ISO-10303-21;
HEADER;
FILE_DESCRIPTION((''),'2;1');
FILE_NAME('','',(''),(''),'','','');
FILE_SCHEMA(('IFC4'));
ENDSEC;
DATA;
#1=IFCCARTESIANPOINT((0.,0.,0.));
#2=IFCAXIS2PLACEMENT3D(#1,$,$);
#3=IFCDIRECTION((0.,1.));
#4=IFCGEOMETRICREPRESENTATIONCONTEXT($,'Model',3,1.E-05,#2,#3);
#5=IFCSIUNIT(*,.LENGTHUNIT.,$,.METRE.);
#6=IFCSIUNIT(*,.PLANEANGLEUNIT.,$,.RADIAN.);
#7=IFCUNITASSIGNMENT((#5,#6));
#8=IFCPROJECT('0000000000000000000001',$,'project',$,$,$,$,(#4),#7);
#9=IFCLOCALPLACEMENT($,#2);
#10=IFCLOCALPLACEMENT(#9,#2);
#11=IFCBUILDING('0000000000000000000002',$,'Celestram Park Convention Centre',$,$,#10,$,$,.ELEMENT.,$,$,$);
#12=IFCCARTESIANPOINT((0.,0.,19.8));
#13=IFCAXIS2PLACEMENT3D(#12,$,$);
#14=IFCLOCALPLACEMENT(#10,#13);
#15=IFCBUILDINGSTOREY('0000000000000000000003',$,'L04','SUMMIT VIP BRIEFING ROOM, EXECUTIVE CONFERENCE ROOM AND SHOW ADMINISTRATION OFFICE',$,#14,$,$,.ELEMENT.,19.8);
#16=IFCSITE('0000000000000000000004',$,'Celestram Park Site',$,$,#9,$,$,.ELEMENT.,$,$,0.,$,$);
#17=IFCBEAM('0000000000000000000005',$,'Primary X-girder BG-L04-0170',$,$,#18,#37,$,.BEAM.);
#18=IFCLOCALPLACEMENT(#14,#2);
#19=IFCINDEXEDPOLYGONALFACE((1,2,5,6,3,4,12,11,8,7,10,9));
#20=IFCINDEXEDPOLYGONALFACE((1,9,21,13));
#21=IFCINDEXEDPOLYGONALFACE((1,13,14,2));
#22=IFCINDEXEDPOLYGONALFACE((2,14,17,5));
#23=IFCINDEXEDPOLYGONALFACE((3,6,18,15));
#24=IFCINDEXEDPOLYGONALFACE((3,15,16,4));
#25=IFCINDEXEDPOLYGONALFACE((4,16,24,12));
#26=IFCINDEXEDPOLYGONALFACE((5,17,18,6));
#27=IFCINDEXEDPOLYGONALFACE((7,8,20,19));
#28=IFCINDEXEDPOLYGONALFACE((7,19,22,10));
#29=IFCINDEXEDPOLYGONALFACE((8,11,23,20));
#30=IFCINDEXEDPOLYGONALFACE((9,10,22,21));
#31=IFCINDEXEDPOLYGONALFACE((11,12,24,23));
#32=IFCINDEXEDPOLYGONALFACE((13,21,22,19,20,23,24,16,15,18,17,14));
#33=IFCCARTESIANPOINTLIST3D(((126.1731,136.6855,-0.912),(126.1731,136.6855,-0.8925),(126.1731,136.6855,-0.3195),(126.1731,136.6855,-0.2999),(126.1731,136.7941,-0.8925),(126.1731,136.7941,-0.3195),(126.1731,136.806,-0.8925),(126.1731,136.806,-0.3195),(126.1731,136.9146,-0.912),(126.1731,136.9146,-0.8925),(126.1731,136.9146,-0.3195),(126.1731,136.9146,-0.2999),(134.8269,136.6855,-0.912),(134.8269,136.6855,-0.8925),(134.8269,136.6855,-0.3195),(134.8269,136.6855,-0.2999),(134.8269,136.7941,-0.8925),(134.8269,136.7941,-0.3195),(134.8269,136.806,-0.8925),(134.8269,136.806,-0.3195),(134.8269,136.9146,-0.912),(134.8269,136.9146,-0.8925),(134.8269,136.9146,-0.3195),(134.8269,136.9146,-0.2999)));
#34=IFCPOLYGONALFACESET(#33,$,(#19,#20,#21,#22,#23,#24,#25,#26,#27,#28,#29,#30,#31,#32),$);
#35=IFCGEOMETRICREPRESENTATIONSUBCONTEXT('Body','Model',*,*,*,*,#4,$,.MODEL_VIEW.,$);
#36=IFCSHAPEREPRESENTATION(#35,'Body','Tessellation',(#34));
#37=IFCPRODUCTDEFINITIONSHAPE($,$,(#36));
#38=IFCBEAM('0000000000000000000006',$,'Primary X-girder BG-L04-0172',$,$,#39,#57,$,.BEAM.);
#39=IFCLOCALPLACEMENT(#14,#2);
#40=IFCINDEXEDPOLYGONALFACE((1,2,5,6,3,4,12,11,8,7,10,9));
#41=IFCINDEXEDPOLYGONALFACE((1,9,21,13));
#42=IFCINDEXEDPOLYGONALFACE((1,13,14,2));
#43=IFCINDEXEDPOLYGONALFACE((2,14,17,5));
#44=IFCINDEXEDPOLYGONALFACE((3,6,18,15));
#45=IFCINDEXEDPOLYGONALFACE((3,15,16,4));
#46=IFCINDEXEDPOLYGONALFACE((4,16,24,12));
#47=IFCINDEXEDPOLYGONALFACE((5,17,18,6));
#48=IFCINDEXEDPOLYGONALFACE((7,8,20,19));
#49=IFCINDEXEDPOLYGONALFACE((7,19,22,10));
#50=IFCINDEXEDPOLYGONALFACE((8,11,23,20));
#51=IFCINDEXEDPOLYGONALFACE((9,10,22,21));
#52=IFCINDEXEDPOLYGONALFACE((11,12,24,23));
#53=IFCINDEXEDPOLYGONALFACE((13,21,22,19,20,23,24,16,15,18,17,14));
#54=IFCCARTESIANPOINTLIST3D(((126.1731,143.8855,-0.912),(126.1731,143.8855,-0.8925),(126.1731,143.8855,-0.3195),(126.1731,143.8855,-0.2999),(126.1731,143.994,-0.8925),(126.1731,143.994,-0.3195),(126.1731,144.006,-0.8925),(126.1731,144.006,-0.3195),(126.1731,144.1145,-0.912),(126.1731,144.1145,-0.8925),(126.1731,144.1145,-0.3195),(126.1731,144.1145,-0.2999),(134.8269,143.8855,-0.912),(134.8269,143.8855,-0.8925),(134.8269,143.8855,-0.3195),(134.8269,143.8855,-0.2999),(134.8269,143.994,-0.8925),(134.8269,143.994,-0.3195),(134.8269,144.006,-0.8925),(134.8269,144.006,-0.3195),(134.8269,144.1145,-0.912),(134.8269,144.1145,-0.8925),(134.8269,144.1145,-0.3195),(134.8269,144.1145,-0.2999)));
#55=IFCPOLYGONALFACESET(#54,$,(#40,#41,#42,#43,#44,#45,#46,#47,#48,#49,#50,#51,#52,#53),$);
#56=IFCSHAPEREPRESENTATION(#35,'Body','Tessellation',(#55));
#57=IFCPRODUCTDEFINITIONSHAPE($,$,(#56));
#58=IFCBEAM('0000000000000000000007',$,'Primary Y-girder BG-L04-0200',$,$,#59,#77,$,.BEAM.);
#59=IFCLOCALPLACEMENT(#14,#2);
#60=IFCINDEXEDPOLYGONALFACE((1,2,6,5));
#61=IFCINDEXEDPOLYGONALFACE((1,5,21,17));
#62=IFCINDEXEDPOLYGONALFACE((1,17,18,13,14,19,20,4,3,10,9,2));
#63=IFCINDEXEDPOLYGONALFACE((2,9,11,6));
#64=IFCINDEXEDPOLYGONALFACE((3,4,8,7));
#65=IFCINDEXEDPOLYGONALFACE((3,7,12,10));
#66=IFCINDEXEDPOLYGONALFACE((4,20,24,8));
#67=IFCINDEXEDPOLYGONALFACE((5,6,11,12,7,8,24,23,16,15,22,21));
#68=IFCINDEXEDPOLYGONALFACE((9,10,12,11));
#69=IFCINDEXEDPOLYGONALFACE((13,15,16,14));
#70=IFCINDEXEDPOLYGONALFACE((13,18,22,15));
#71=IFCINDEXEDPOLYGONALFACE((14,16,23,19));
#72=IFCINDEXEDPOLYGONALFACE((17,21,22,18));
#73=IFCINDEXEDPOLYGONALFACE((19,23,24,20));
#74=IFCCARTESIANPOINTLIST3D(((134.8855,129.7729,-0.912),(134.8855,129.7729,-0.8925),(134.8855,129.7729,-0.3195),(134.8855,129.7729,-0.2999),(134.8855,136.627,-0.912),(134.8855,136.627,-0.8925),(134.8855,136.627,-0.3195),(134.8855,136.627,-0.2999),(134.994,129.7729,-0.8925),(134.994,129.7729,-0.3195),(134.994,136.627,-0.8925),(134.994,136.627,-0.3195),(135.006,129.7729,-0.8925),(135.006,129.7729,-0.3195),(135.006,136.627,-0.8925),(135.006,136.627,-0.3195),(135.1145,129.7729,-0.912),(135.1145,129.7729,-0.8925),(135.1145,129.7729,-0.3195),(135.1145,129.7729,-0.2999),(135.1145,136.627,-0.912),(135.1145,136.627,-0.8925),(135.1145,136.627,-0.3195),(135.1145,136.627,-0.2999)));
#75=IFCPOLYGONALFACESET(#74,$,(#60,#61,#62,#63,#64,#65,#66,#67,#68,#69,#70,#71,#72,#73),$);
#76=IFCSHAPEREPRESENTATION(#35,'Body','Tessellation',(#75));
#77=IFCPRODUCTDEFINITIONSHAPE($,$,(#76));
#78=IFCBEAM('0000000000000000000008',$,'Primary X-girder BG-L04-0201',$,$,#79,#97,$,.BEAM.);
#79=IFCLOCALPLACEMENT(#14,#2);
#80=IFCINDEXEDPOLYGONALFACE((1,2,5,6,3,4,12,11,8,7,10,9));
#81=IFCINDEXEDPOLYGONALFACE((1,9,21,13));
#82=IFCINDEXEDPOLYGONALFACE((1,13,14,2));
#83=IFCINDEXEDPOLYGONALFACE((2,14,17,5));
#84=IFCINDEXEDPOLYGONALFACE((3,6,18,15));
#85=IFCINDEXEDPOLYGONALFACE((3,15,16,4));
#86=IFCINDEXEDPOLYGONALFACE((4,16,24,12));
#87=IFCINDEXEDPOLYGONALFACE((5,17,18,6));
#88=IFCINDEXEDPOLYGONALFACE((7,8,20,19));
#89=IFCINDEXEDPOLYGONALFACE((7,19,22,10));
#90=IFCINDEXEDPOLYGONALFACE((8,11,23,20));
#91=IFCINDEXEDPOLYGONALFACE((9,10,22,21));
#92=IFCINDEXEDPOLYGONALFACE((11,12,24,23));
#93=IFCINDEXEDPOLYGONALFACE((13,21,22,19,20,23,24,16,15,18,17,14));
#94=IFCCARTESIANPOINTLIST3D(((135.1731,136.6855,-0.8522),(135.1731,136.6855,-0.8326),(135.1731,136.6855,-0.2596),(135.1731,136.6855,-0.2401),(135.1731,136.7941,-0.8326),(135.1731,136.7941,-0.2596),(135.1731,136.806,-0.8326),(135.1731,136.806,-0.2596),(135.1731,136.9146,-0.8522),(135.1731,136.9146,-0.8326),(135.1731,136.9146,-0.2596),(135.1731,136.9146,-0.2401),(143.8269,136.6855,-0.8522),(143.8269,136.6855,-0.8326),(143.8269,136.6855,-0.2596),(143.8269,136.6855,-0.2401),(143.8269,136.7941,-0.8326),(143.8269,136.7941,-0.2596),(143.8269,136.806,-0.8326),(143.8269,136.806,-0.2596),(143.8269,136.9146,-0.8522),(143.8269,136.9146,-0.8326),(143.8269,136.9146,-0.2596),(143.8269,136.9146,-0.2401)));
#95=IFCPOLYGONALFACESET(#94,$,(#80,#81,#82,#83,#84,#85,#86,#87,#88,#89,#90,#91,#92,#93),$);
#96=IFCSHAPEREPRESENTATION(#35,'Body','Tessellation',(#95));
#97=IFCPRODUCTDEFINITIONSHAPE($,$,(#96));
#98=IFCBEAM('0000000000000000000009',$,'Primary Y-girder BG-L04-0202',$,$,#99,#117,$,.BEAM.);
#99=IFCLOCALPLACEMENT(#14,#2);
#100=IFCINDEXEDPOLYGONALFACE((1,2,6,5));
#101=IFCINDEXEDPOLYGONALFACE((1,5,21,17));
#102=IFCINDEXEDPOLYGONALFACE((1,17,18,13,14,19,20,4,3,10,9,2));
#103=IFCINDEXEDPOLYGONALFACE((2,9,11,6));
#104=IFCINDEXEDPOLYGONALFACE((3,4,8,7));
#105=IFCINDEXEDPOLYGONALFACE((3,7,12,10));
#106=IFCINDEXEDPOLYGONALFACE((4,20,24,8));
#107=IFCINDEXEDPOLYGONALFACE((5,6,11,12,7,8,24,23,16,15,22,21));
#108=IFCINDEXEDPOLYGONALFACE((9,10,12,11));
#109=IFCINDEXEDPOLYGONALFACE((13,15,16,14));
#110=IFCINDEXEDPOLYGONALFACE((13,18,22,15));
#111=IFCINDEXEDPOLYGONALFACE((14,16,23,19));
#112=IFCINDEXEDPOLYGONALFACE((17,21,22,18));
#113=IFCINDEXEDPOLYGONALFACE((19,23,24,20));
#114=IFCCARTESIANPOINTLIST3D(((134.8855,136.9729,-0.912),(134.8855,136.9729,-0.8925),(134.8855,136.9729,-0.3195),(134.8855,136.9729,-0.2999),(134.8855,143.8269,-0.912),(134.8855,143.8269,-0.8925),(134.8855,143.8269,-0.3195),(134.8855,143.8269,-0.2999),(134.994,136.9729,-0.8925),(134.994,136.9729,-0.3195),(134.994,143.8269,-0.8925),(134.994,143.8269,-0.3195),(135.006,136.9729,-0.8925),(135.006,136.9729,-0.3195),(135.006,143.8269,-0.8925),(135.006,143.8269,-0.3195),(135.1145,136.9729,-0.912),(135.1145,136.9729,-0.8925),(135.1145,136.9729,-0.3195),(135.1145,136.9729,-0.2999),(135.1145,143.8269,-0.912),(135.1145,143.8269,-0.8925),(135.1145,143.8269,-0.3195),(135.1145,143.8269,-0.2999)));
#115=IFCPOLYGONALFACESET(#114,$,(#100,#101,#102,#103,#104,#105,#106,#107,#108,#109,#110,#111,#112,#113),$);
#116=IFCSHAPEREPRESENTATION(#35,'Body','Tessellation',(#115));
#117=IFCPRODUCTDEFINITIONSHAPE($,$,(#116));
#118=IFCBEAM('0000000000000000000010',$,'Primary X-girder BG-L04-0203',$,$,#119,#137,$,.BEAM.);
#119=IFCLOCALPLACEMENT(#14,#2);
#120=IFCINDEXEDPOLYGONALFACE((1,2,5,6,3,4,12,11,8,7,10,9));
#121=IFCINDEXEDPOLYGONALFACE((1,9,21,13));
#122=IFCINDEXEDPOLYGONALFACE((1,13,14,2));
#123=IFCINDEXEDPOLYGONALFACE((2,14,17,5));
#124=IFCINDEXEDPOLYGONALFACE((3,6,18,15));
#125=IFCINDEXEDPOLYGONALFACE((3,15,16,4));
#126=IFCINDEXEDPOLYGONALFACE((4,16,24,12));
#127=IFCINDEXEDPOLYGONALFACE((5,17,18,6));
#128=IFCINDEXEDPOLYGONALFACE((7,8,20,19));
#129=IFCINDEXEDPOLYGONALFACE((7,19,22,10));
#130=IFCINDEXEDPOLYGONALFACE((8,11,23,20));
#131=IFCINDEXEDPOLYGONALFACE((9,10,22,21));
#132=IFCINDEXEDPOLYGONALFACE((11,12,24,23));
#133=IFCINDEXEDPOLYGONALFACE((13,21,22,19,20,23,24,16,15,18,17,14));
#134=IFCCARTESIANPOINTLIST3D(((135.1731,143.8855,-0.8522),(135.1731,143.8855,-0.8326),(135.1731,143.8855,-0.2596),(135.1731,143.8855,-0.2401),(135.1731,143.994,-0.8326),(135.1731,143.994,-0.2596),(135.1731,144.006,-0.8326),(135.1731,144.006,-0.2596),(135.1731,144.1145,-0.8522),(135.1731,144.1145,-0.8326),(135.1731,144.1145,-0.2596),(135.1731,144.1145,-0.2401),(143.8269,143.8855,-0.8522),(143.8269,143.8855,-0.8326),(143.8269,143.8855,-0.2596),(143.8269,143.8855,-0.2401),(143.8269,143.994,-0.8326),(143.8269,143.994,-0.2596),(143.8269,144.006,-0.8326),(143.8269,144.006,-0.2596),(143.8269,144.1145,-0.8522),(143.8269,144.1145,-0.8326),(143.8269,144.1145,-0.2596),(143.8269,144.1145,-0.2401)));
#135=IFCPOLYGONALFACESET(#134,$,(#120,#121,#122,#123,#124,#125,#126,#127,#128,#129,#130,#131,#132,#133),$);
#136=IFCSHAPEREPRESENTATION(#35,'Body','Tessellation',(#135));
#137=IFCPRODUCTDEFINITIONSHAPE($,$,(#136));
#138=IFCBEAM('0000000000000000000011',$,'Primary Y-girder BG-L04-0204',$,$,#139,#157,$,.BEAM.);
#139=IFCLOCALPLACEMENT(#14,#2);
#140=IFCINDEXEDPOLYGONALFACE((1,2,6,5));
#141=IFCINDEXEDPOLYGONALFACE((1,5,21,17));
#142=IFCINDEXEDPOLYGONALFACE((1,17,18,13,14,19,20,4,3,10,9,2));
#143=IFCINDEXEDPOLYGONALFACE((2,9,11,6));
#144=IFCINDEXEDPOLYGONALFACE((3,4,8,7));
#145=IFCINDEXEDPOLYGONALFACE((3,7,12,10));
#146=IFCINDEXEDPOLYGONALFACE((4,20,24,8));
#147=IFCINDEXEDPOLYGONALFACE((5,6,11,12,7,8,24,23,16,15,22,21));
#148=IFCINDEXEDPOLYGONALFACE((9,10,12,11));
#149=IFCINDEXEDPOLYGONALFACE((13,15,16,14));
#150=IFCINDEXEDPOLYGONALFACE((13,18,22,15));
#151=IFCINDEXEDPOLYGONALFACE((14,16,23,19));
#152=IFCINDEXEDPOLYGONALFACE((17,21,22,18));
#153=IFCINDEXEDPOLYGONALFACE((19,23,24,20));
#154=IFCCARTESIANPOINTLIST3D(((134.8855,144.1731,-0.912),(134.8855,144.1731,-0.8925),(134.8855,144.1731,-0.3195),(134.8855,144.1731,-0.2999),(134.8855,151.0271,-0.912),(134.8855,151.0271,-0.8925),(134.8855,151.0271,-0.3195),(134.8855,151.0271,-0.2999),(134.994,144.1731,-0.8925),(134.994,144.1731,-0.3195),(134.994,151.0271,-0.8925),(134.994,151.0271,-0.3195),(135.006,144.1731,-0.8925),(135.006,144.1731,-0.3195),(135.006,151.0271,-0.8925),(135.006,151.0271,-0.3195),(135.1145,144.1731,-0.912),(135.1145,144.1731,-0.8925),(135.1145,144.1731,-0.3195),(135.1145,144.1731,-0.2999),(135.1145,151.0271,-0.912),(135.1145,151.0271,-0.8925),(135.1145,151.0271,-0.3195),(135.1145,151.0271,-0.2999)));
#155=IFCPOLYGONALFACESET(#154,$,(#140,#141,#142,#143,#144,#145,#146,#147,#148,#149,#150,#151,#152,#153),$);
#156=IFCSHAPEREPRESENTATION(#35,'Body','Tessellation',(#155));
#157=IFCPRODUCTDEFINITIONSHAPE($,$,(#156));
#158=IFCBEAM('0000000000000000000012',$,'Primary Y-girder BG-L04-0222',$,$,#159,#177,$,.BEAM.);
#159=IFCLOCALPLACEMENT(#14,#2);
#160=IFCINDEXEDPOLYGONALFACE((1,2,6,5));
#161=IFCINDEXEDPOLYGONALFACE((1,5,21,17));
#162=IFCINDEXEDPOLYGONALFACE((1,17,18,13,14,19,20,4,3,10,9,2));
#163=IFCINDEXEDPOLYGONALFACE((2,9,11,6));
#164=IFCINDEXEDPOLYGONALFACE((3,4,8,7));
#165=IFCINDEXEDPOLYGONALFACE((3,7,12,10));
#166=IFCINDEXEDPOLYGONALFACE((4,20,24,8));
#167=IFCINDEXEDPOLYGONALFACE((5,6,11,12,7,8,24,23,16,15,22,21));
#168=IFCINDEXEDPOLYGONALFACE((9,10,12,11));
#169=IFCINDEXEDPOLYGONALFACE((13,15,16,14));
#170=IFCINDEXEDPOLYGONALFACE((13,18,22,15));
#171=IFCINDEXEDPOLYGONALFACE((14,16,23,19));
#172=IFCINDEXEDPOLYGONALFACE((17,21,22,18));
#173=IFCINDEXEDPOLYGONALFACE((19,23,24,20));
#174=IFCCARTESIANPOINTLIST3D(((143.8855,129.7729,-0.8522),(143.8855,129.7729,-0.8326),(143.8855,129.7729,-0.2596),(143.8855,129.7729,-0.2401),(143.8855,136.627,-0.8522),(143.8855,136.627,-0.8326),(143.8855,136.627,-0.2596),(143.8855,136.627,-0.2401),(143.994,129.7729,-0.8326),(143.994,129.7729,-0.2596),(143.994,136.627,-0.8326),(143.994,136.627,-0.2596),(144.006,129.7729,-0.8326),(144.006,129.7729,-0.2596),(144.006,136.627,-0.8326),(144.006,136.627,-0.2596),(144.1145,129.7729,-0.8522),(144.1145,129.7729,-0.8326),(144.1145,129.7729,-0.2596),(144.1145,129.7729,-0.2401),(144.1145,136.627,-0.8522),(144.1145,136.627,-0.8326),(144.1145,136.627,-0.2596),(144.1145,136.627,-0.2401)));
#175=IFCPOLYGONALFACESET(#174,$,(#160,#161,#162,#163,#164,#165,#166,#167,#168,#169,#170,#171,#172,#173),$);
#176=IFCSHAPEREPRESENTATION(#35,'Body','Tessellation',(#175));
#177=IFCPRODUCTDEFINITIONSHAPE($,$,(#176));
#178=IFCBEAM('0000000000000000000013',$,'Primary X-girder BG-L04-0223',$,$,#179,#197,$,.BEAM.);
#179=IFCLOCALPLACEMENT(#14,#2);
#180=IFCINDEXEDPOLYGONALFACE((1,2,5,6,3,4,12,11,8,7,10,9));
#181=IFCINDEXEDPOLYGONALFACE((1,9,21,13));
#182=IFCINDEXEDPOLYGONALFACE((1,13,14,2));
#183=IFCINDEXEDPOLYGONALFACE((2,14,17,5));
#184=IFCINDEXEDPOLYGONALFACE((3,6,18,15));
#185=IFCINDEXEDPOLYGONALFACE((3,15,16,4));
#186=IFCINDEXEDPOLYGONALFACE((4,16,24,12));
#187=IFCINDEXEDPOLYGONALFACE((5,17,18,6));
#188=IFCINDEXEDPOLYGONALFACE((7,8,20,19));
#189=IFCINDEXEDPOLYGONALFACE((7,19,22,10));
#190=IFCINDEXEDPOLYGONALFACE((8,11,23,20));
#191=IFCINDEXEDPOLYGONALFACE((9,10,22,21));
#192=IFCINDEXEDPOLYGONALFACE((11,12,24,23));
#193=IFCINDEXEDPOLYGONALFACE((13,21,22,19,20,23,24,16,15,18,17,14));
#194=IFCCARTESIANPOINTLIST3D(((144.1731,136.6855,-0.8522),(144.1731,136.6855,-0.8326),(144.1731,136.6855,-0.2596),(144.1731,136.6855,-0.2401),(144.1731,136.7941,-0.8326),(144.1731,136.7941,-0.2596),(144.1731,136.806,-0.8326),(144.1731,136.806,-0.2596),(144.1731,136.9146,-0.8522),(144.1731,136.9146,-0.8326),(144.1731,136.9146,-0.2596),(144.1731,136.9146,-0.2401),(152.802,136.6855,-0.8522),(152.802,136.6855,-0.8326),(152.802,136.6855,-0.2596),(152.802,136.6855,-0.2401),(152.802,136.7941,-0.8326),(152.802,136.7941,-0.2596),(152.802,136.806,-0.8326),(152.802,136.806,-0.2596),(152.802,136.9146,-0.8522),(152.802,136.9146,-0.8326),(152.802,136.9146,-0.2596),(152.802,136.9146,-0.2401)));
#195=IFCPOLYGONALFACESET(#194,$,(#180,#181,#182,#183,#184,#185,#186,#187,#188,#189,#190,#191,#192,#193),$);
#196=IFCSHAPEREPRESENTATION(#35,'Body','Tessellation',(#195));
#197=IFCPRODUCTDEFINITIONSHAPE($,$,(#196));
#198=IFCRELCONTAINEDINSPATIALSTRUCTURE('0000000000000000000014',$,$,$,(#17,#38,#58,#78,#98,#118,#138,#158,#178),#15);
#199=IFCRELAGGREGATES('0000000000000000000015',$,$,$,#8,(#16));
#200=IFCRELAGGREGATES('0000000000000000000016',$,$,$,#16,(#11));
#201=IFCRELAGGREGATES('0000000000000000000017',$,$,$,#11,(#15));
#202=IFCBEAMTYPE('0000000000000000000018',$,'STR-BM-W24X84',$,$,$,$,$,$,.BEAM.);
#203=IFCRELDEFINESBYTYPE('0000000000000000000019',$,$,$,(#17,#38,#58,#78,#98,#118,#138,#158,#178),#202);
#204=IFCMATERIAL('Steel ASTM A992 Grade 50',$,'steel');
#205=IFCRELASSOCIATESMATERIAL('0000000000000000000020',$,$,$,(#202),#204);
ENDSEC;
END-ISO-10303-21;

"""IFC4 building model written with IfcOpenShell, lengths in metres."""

from ifc_helpers import new_model, si_unit, direction, frame, origin, origin_2d, place, context, subcontext, project, spatial, i_section, extrude, material, material_profile, profile_set, type_object, element, save


model = new_model("IFC4")

# Units and contexts
model_context = context("Model", 3, precision=1e-05, world=origin(), true_north=direction((0.0, 1.0)))
body_context = subcontext(model_context, "Body", "Model", "MODEL_VIEW")
ifc_project = project(units=[si_unit("LENGTHUNIT", "METRE"), si_unit("PLANEANGLEUNIT", "RADIAN")], contexts=[model_context])

# Site, building, storey
site_placement = place(None, origin())
site = spatial("IfcSite", under=ifc_project, at=site_placement, Name="Celestram Park Site", CompositionType="ELEMENT", RefElevation=0.0)
building_placement = place(site_placement, origin())
building = spatial("IfcBuilding", under=site, at=building_placement, Name="Celestram Park Convention Centre", CompositionType="ELEMENT")
storey_placement = place(building_placement, frame((0.0, 0.0, 19.8)))
storey = spatial("IfcBuildingStorey", under=building, at=storey_placement, Name="L04", Description="SUMMIT VIP BRIEFING ROOM, EXECUTIVE CONFERENCE ROOM AND SHOW ADMINISTRATION OFFICE", CompositionType="ELEMENT", Elevation=19.8)

# Beams
ifc_material_1 = material(Name="Steel ASTM A992 Grade 50", Category="steel")
ifc_material_profile_1 = material_profile(ifc_material_1, i_section(OverallWidth=0.229, OverallDepth=0.6121, WebThickness=0.012, FlangeThickness=0.0195, at=origin_2d()), Name="W24X84")
ifc_profile_set_1 = profile_set([ifc_material_profile_1], Name="Steel ASTM A992 Grade 50")
beam_type_1 = type_object("IfcBeamType", Name="STR-BM-W24X84", PredefinedType="BEAM", material=ifc_profile_set_1)
for number, where, z_axis, x_axis, name in (
    (1, (126.1731, 136.8, -0.606), (1.0, 0.0, 0.0), (0.0, 1.0, 0.0), "Primary X-girder BG-L04-0170"),
    (2, (126.1731, 144.0, -0.606), (1.0, 0.0, 0.0), (0.0, 1.0, 0.0), "Primary X-girder BG-L04-0172"),
):
    element("IfcBeam", number, at=place(storey_placement, frame(where, z_axis=z_axis, x_axis=x_axis)), inside=storey, type_object=beam_type_1, Name=name, PredefinedType="BEAM", context=body_context, shape_type="SweptSolid", body=[
        extrude(i_section(OverallWidth=0.229, OverallDepth=0.6121, WebThickness=0.012, FlangeThickness=0.0195, at=origin_2d()), origin(), (0.0, 0.0, 1.0), 8.6538),
    ])
beam_1_placement = place(storey_placement, frame((135.0, 129.7729, -0.606), z_axis=(0.0, 1.0, 0.0), x_axis=(-1.0, 0.0, 0.0)))
element("IfcBeam", 3, at=beam_1_placement, inside=storey, type_object=beam_type_1, Name="Primary Y-girder BG-L04-0200", PredefinedType="BEAM", context=body_context, shape_type="SweptSolid", body=[
    extrude(i_section(OverallWidth=0.229, OverallDepth=0.6121, WebThickness=0.012, FlangeThickness=0.0195, at=origin_2d()), origin(), (0.0, 0.0, 1.0), 6.854),
])
beam_2_placement = place(storey_placement, frame((135.1731, 136.8, -0.5461), z_axis=(1.0, 0.0, 0.0), x_axis=(0.0, 1.0, 0.0)))
element("IfcBeam", 4, at=beam_2_placement, inside=storey, type_object=beam_type_1, Name="Primary X-girder BG-L04-0201", PredefinedType="BEAM", context=body_context, shape_type="SweptSolid", body=[
    extrude(i_section(OverallWidth=0.229, OverallDepth=0.6121, WebThickness=0.012, FlangeThickness=0.0195, at=origin_2d()), origin(), (0.0, 0.0, 1.0), 8.6538),
])
beam_3_placement = place(storey_placement, frame((135.0, 136.9729, -0.606), z_axis=(0.0, 1.0, 0.0), x_axis=(-1.0, 0.0, 0.0)))
element("IfcBeam", 5, at=beam_3_placement, inside=storey, type_object=beam_type_1, Name="Primary Y-girder BG-L04-0202", PredefinedType="BEAM", context=body_context, shape_type="SweptSolid", body=[
    extrude(i_section(OverallWidth=0.229, OverallDepth=0.6121, WebThickness=0.012, FlangeThickness=0.0195, at=origin_2d()), origin(), (0.0, 0.0, 1.0), 6.854),
])
beam_4_placement = place(storey_placement, frame((135.1731, 144.0, -0.5461), z_axis=(1.0, 0.0, 0.0), x_axis=(0.0, 1.0, 0.0)))
element("IfcBeam", 6, at=beam_4_placement, inside=storey, type_object=beam_type_1, Name="Primary X-girder BG-L04-0203", PredefinedType="BEAM", context=body_context, shape_type="SweptSolid", body=[
    extrude(i_section(OverallWidth=0.229, OverallDepth=0.6121, WebThickness=0.012, FlangeThickness=0.0195, at=origin_2d()), origin(), (0.0, 0.0, 1.0), 8.6538),
])
for number, where, z_axis, x_axis, name in (
    (7, (135.0, 144.1731, -0.606), (0.0, 1.0, 0.0), (-1.0, 0.0, 0.0), "Primary Y-girder BG-L04-0204"),
    (8, (144.0, 129.7729, -0.5461), (0.0, 1.0, 0.0), (-1.0, 0.0, 0.0), "Primary Y-girder BG-L04-0222"),
):
    element("IfcBeam", number, at=place(storey_placement, frame(where, z_axis=z_axis, x_axis=x_axis)), inside=storey, type_object=beam_type_1, Name=name, PredefinedType="BEAM", context=body_context, shape_type="SweptSolid", body=[
        extrude(i_section(OverallWidth=0.229, OverallDepth=0.6121, WebThickness=0.012, FlangeThickness=0.0195, at=origin_2d()), origin(), (0.0, 0.0, 1.0), 6.854),
    ])
beam_5_placement = place(storey_placement, frame((144.1731, 136.8, -0.5461), z_axis=(1.0, 0.0, 0.0), x_axis=(0.0, 1.0, 0.0)))
element("IfcBeam", 9, at=beam_5_placement, inside=storey, type_object=beam_type_1, Name="Primary X-girder BG-L04-0223", PredefinedType="BEAM", context=body_context, shape_type="SweptSolid", body=[
    extrude(i_section(OverallWidth=0.229, OverallDepth=0.6121, WebThickness=0.012, FlangeThickness=0.0195, at=origin_2d()), origin(), (0.0, 0.0, 1.0), 8.6289),
])

save(model, "model.ifc")
